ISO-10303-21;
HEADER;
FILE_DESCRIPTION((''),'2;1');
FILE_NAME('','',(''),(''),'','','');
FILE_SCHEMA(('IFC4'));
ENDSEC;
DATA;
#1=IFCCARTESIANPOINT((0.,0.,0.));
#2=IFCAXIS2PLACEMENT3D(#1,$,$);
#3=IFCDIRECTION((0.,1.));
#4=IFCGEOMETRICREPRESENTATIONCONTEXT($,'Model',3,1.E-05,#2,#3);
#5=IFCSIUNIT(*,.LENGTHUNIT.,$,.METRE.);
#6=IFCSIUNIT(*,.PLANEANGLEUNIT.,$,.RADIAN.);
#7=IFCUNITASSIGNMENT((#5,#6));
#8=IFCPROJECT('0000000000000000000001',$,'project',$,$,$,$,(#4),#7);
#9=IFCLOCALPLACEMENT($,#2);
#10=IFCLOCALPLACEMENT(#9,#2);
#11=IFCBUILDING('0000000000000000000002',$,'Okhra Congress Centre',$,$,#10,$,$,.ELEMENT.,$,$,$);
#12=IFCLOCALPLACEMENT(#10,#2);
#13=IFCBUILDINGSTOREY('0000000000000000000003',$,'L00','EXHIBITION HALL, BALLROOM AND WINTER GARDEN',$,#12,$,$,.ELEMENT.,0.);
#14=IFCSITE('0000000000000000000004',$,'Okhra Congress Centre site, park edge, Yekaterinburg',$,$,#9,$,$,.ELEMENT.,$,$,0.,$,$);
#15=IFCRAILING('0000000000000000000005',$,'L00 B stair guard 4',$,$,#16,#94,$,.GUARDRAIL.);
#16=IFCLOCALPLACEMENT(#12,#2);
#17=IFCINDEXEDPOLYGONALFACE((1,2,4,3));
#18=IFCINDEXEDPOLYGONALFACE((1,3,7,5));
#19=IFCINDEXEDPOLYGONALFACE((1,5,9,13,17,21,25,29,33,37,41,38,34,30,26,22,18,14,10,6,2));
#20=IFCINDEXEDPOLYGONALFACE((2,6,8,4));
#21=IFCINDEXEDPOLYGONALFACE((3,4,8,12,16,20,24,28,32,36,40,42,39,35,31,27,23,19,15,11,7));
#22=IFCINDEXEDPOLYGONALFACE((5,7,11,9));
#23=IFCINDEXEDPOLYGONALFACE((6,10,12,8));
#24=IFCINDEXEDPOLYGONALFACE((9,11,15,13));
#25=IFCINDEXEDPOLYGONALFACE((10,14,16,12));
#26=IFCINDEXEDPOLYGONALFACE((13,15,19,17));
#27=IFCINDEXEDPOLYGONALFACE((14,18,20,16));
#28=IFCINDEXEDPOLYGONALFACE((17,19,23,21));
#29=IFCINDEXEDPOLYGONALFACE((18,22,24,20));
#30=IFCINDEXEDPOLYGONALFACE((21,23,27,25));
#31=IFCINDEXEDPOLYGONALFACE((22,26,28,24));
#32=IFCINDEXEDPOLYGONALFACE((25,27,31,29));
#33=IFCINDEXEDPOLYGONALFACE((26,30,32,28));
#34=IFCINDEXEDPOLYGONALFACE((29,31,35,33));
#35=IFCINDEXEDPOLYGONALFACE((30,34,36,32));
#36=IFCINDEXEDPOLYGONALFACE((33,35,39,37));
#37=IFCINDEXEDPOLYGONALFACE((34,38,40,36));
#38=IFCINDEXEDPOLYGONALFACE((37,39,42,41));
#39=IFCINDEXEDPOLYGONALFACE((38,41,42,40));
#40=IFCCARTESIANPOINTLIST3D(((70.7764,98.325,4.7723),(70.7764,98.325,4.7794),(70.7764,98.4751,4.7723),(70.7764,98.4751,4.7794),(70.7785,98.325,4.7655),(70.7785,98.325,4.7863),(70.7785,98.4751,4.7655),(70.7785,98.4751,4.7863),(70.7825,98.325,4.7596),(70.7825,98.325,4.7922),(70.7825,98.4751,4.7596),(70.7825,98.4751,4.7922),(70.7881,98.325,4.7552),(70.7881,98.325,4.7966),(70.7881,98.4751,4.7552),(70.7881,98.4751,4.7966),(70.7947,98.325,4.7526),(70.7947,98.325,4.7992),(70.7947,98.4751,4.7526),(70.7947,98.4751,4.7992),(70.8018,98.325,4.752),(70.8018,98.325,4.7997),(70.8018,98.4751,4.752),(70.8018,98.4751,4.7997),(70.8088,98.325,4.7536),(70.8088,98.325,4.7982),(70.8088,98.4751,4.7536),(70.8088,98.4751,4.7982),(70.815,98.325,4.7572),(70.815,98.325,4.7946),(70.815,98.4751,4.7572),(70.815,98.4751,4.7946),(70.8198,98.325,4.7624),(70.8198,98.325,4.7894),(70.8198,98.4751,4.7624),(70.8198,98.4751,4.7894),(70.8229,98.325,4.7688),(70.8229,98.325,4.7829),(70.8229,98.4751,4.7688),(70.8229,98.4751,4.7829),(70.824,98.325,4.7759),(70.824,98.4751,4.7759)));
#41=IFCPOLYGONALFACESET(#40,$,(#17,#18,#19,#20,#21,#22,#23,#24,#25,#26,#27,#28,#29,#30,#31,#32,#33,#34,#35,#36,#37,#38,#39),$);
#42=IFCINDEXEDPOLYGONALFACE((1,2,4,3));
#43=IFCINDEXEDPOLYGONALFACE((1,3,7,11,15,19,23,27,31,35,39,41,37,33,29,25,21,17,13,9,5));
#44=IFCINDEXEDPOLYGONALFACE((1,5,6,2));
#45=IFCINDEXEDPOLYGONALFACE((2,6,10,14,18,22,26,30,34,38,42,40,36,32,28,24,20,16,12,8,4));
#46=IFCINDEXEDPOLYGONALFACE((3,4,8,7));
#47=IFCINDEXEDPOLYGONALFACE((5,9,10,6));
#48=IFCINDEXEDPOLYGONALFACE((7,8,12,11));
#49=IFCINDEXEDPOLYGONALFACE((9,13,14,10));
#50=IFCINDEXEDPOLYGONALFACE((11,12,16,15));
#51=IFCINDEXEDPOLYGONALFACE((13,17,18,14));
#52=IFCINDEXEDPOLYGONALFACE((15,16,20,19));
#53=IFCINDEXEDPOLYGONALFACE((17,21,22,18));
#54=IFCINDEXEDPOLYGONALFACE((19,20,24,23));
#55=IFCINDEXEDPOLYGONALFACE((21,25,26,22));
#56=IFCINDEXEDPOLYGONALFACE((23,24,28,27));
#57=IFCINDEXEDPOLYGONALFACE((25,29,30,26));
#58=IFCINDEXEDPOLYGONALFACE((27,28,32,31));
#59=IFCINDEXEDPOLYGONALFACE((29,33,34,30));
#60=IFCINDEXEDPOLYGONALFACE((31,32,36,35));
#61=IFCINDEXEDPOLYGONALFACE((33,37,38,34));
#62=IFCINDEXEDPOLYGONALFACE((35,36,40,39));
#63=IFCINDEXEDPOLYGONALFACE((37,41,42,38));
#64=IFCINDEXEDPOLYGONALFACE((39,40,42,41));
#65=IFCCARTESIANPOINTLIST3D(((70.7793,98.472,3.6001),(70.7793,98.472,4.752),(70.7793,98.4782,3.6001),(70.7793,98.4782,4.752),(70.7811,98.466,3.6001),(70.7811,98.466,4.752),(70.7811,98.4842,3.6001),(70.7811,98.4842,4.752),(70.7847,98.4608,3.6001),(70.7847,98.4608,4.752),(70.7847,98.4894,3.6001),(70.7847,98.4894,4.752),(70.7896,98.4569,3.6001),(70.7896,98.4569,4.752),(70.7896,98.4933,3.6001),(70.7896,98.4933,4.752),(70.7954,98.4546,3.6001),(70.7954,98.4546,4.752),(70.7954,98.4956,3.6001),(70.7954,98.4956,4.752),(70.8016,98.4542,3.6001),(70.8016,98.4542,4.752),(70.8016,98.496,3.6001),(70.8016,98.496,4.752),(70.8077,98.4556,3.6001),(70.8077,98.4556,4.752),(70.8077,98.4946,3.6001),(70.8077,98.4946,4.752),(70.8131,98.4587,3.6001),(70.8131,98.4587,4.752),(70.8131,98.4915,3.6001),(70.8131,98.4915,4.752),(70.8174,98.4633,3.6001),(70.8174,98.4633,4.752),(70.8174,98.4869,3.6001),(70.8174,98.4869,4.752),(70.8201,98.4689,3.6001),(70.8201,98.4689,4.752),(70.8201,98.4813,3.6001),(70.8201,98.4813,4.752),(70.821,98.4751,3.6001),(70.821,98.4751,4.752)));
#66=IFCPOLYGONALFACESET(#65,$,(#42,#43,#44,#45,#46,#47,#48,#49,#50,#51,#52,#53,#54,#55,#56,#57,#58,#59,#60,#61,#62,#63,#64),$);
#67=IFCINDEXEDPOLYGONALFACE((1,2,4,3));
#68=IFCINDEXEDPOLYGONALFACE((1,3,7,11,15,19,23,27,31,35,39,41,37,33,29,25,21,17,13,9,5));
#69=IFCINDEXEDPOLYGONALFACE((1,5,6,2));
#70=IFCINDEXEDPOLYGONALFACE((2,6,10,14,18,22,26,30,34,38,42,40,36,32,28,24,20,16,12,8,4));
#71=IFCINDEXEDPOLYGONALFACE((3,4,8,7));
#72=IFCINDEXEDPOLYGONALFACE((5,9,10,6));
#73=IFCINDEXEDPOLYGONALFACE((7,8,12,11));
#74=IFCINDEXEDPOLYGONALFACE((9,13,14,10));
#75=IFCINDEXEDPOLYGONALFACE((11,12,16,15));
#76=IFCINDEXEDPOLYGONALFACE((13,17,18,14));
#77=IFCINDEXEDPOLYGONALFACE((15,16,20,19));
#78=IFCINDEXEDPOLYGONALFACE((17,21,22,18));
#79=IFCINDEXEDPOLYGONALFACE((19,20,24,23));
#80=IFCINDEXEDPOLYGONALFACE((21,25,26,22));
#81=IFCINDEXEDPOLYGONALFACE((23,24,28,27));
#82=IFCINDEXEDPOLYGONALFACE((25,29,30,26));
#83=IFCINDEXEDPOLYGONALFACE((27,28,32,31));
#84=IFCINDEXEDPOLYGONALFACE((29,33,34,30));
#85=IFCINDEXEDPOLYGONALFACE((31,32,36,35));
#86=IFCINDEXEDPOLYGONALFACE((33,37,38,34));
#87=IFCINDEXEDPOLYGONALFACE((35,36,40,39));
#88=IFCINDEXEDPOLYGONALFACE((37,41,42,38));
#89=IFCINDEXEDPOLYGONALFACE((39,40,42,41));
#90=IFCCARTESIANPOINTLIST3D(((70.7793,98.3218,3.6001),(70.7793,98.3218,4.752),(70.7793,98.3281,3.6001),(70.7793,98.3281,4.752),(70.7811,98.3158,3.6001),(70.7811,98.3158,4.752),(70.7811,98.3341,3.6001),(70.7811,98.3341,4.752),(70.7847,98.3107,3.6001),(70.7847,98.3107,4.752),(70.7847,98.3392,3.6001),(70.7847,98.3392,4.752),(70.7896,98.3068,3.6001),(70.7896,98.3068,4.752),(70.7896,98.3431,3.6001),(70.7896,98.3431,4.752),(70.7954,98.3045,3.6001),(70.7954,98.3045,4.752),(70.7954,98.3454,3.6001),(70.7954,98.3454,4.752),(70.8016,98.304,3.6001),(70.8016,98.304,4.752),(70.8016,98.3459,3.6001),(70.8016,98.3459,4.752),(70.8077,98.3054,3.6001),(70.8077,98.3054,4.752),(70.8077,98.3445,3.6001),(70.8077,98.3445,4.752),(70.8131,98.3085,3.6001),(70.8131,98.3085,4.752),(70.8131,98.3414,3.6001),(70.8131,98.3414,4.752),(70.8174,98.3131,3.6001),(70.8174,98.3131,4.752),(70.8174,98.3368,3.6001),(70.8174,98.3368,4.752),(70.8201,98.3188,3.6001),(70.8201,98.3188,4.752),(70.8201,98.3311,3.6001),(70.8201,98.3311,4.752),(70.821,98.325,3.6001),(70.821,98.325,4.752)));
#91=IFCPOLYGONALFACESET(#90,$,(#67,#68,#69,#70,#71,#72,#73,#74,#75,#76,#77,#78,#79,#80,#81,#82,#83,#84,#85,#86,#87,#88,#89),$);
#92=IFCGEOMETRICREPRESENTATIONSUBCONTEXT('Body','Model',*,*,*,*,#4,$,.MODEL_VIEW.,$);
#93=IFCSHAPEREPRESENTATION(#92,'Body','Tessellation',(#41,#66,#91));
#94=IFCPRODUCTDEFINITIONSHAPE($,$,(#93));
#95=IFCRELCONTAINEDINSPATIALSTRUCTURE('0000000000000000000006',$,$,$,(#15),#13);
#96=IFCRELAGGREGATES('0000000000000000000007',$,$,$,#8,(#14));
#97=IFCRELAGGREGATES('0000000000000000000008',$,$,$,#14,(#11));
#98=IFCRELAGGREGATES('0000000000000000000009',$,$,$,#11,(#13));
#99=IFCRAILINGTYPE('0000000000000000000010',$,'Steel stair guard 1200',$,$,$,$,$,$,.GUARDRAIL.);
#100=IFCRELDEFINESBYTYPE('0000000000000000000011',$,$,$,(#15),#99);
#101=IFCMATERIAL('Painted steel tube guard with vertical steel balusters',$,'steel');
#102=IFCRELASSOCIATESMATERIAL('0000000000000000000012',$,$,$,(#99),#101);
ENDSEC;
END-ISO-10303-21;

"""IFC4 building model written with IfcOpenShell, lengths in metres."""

from ifc_helpers import new_model, si_unit, direction, frame, origin, origin_2d, place, context, subcontext, project, spatial, circle, extrude, material, type_object, element, save


model = new_model("IFC4")

# Units and contexts
model_context = context("Model", 3, precision=1e-05, world=origin(), true_north=direction((0.0, 1.0)))
body_context = subcontext(model_context, "Body", "Model", "MODEL_VIEW")
ifc_project = project(units=[si_unit("LENGTHUNIT", "METRE"), si_unit("PLANEANGLEUNIT", "RADIAN")], contexts=[model_context])

# Site, building, storey
site_placement = place(None, origin())
site = spatial("IfcSite", under=ifc_project, at=site_placement, Name="Okhra Congress Centre site, park edge, Yekaterinburg", CompositionType="ELEMENT", RefElevation=0.0)
building_placement = place(site_placement, origin())
building = spatial("IfcBuilding", under=site, at=building_placement, Name="Okhra Congress Centre", CompositionType="ELEMENT")
storey_placement = place(building_placement, origin())
storey = spatial("IfcBuildingStorey", under=building, at=storey_placement, Name="L00", Description="EXHIBITION HALL, BALLROOM AND WINTER GARDEN", CompositionType="ELEMENT", Elevation=0.0)

# Railing
ifc_material_1 = material(Name="Painted steel tube guard with vertical steel balusters", Category="steel")
railing_type_1 = type_object("IfcRailingType", Name="Steel stair guard 1200", PredefinedType="GUARDRAIL", material=ifc_material_1)
railing_1_placement = place(storey_placement, frame((70.8, 98.4751, 3.6001)))
element("IfcRailing", 1, at=railing_1_placement, inside=storey, type_object=railing_type_1, Name="L00 B stair guard 4", PredefinedType="GUARDRAIL", context=body_context, shape_type="SweptSolid", body=[
    extrude(circle(Radius=0.0239, at=origin_2d()), frame((0.0, 0.0, 1.1758), z_axis=(0.0, -1.0, 0.0), x_axis=(1.0, 0.0, 0.0)), (0.0, 0.0, 1.0), 0.1501),
    extrude(circle(Radius=0.021, at=origin_2d()), origin(), (0.0, 0.0, 1.0), 1.1519),
    extrude(circle(Radius=0.021, at=origin_2d()), frame((0.0, -0.1501, 0.0)), (0.0, 0.0, 1.0), 1.1519),
])

save(model, "model.ifc")
